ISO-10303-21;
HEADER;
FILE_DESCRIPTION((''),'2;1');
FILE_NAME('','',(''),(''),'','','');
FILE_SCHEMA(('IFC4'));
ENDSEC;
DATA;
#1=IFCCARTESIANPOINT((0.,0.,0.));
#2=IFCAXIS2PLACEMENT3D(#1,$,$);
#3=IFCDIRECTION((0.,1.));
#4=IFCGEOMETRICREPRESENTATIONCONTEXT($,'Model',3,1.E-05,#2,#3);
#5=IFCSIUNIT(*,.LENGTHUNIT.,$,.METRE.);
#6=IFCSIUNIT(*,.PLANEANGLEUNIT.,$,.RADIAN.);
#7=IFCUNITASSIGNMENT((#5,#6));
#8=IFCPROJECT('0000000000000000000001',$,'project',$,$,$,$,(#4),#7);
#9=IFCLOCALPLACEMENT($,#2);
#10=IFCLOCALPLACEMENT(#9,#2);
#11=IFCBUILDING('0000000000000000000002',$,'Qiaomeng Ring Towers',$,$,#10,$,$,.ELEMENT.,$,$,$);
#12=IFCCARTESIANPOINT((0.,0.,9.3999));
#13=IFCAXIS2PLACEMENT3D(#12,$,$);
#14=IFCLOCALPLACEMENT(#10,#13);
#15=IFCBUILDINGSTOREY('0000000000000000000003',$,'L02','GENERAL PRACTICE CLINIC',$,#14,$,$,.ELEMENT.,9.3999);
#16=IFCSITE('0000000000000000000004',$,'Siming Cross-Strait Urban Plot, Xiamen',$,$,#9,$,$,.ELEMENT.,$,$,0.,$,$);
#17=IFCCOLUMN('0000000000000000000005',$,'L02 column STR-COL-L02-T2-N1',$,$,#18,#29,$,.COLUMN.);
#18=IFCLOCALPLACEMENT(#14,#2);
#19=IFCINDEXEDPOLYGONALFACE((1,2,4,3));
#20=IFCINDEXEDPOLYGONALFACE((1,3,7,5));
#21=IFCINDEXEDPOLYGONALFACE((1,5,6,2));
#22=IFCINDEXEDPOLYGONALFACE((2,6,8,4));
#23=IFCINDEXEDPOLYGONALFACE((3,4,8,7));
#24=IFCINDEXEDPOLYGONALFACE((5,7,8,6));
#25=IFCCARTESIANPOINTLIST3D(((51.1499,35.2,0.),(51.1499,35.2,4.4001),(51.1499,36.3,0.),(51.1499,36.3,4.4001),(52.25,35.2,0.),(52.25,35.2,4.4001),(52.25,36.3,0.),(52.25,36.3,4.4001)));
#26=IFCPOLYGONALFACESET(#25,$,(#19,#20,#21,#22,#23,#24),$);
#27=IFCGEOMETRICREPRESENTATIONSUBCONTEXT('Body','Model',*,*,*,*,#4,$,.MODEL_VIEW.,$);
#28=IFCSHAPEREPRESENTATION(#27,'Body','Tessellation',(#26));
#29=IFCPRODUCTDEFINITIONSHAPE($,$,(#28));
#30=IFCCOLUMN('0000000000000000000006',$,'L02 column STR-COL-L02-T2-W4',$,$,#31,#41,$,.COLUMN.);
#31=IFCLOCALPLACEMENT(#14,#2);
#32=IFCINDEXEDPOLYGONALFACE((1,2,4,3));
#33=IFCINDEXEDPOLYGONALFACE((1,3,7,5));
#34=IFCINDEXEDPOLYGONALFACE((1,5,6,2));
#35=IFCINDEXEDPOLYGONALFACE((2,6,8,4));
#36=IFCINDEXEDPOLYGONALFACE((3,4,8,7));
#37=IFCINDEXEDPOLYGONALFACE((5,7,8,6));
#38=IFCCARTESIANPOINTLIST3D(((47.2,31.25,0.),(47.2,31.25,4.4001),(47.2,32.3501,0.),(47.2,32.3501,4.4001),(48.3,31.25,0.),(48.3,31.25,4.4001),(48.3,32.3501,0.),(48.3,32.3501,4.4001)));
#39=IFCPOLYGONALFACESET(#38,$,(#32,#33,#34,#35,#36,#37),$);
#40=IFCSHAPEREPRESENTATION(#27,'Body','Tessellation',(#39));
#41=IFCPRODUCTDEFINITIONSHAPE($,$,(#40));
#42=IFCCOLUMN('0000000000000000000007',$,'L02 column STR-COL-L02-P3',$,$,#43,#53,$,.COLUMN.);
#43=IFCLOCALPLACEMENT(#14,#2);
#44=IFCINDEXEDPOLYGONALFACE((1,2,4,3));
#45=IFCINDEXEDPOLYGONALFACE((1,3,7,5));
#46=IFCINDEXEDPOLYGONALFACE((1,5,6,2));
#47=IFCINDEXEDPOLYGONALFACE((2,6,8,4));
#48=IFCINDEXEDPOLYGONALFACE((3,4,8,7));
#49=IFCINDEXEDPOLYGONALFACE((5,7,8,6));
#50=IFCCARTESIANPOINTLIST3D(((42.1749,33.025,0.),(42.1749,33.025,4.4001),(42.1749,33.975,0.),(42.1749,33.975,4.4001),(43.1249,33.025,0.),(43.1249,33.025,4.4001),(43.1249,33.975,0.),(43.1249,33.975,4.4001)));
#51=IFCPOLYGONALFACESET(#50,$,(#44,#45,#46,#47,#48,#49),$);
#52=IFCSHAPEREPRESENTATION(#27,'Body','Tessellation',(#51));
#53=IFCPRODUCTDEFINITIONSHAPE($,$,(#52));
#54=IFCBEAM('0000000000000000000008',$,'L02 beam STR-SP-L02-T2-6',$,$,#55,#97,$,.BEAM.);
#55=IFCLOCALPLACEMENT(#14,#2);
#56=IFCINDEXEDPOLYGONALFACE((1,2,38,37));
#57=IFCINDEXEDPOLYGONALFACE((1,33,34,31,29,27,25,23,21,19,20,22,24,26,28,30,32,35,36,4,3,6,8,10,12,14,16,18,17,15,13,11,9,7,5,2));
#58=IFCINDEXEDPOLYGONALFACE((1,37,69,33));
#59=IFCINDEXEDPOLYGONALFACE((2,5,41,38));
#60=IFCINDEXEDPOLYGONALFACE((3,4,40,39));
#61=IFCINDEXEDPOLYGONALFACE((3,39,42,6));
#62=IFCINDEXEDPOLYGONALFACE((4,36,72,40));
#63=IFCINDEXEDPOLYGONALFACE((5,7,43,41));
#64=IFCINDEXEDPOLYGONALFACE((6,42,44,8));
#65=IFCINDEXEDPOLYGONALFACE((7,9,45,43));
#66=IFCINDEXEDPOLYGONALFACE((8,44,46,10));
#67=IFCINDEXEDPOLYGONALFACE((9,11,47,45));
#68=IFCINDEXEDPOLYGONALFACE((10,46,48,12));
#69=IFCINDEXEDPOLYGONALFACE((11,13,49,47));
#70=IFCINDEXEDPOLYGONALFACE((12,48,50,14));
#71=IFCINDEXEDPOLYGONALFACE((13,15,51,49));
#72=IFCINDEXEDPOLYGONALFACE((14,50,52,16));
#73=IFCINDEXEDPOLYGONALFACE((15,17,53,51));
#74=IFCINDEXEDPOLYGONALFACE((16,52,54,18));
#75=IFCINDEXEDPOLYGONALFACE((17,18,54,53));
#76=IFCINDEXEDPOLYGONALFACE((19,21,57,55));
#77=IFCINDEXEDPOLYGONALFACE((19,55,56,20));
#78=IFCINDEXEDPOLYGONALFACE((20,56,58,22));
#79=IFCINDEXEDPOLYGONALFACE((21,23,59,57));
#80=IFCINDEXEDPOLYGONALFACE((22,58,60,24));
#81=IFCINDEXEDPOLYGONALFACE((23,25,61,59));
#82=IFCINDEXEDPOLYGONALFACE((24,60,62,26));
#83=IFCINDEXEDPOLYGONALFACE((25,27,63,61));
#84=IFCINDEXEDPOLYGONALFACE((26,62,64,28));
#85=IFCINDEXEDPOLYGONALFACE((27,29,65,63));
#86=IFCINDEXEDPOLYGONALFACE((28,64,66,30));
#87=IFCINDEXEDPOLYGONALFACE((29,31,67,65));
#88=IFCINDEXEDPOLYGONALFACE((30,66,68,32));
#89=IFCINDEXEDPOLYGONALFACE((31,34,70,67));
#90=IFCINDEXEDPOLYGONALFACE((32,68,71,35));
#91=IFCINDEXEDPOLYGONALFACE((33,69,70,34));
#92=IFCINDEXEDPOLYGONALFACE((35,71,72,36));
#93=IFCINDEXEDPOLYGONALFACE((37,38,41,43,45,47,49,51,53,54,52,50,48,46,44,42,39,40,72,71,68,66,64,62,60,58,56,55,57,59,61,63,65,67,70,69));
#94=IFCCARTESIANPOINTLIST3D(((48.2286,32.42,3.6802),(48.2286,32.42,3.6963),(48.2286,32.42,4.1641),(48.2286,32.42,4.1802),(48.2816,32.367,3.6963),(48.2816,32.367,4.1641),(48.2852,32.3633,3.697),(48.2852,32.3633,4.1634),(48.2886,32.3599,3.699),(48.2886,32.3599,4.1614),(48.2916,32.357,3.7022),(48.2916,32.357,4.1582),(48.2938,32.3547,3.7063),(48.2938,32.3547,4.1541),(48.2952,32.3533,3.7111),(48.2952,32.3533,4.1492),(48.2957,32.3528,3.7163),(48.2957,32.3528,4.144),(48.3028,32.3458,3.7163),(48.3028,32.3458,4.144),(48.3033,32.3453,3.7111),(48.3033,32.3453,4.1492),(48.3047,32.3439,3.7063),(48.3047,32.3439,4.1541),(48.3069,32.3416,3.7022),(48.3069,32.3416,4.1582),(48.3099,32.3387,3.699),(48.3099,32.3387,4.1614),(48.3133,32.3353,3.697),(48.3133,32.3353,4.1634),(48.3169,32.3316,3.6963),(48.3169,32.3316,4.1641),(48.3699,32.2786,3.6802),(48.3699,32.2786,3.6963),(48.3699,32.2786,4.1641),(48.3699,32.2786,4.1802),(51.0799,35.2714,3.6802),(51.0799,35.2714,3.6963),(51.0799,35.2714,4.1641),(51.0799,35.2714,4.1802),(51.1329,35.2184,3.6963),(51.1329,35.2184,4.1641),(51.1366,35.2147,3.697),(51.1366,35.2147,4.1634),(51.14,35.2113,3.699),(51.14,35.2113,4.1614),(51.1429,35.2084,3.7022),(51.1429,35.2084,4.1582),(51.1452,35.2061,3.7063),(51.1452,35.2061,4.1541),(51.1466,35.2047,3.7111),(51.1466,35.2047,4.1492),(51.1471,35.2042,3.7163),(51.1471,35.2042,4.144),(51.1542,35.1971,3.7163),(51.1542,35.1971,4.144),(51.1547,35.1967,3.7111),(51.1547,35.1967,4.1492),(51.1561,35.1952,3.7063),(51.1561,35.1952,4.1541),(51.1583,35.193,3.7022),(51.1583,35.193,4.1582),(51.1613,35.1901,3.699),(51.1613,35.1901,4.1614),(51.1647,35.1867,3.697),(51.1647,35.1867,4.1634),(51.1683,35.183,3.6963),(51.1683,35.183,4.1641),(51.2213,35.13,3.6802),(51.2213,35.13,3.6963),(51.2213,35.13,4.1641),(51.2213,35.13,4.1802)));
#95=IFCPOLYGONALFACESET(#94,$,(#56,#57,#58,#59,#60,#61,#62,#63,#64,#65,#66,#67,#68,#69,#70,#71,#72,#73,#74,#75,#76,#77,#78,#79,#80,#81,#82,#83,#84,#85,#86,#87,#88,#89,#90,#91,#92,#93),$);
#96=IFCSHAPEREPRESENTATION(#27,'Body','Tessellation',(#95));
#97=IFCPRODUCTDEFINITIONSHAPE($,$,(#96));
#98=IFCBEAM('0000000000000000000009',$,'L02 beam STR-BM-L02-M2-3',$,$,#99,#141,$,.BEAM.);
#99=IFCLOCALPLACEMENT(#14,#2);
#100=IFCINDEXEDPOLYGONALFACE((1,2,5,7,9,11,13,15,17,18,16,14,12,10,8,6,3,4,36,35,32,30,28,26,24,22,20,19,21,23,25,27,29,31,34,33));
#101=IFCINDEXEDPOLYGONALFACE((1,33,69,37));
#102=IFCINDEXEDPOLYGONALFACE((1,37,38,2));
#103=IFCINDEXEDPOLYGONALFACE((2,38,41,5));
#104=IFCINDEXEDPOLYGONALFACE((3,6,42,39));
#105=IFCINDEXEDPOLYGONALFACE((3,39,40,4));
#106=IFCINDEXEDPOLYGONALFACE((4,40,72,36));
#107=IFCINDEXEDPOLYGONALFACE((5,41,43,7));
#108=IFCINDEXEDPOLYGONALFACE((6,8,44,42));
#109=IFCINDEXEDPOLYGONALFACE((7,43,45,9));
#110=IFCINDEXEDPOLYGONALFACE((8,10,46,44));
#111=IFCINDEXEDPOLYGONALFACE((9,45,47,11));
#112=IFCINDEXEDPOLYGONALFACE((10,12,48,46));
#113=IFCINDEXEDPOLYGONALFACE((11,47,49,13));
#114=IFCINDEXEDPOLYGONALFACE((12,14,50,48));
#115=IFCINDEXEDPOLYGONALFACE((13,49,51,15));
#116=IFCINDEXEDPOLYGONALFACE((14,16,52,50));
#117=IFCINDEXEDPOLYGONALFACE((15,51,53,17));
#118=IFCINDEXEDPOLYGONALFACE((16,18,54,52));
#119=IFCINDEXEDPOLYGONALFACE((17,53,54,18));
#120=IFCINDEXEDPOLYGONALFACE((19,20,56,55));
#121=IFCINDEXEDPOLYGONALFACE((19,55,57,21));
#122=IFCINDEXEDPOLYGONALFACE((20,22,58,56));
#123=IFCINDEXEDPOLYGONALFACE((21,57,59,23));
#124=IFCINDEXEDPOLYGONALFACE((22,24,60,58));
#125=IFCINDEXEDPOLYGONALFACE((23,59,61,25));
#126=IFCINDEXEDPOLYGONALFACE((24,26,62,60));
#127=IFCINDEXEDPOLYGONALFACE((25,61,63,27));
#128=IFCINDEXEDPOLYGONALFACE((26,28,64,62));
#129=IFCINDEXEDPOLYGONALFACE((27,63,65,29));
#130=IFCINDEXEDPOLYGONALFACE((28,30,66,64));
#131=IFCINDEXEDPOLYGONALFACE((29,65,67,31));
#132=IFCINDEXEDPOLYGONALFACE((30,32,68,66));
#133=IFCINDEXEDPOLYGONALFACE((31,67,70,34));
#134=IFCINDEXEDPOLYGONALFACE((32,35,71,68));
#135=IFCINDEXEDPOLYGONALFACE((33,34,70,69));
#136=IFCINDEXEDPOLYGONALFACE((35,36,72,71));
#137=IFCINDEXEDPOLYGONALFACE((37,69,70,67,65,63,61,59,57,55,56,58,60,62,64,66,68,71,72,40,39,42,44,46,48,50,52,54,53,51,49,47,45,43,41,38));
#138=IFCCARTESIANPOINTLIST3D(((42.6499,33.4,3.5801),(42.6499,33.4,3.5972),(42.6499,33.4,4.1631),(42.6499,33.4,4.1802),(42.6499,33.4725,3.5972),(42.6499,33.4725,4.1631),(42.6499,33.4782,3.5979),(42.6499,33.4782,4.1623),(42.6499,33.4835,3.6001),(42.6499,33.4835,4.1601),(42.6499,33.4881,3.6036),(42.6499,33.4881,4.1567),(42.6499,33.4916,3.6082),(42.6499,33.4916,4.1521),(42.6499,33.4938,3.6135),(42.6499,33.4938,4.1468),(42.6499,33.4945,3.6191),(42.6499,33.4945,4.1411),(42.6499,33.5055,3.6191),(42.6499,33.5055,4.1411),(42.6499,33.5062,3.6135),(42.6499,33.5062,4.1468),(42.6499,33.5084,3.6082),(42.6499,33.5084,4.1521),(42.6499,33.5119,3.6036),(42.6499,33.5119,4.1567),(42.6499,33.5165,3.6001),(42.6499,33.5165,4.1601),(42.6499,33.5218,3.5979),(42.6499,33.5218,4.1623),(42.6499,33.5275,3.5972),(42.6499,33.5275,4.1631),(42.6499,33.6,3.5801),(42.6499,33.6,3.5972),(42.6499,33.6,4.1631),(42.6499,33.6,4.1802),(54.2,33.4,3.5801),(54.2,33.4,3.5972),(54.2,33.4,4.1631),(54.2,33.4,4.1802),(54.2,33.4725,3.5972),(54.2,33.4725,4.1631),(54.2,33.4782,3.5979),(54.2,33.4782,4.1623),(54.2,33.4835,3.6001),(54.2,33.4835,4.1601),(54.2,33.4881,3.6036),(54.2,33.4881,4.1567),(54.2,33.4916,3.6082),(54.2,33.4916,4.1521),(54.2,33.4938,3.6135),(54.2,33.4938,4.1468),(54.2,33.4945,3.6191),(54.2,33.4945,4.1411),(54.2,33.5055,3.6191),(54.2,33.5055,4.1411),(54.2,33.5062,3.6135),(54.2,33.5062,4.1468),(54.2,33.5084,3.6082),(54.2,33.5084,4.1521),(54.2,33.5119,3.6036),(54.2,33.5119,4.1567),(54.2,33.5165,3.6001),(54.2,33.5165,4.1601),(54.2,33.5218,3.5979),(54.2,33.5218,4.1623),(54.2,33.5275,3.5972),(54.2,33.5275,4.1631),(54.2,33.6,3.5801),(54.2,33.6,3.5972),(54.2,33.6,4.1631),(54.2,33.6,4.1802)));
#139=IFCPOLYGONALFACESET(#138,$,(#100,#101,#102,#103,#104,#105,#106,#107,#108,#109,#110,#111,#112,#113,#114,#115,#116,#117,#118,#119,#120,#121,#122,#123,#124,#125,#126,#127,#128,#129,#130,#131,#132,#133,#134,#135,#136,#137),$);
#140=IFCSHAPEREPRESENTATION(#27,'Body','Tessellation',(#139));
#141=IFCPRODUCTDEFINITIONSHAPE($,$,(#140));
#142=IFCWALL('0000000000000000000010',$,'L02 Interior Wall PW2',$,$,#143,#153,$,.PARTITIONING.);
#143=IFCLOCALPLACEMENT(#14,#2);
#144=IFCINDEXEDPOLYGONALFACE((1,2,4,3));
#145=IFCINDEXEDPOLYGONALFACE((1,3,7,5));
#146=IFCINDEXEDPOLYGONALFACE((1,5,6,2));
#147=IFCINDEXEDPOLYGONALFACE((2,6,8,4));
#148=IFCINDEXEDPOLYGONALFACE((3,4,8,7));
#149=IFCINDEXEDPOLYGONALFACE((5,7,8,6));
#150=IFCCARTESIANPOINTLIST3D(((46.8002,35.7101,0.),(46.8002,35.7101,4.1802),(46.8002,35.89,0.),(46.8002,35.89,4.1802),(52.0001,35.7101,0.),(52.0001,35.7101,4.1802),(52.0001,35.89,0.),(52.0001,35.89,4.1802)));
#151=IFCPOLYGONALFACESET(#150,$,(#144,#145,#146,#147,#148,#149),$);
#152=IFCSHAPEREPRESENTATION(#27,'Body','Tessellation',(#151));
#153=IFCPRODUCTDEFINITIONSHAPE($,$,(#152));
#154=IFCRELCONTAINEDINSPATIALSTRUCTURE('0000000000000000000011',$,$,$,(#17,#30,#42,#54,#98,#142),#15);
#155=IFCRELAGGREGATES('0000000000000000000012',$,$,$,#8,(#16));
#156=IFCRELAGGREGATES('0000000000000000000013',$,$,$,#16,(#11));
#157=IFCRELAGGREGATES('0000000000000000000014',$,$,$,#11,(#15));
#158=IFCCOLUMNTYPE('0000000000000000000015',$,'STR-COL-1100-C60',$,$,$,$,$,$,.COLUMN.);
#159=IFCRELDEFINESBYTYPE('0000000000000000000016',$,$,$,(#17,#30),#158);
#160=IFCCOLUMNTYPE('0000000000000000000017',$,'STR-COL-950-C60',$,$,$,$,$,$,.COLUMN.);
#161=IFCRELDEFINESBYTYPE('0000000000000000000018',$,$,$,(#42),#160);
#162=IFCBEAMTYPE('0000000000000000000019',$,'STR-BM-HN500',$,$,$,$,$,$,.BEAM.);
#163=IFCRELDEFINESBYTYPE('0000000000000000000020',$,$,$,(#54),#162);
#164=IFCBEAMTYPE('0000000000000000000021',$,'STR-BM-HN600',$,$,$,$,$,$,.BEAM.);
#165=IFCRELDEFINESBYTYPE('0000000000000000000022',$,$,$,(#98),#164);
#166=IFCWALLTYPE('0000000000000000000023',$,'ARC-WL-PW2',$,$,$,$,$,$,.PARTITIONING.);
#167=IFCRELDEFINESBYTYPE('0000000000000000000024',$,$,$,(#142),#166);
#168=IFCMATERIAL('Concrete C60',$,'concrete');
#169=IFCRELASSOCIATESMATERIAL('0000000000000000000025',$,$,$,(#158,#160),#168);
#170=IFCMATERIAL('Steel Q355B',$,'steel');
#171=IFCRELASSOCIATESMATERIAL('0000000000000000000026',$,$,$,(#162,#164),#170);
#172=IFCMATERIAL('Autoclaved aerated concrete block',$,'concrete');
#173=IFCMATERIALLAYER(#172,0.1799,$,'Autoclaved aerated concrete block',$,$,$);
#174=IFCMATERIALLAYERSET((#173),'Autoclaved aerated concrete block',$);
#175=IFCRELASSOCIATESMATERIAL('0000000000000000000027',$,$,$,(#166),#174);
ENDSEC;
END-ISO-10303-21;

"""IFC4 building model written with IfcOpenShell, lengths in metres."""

from ifc_helpers import new_model, si_unit, direction, frame, frame_2d, origin, origin_2d, place, context, subcontext, project, spatial, rectangle, i_section, extrude, source, transform, mapped, material, layer, layer_set, material_profile, profile_set, type_object, element, save


model = new_model("IFC4")

# Units and contexts
model_context = context("Model", 3, precision=1e-05, world=origin(), true_north=direction((0.0, 1.0)))
body_context = subcontext(model_context, "Body", "Model", "MODEL_VIEW")
ifc_project = project(units=[si_unit("LENGTHUNIT", "METRE"), si_unit("PLANEANGLEUNIT", "RADIAN")], contexts=[model_context])

# Site, building, storey
site_placement = place(None, origin())
site = spatial("IfcSite", under=ifc_project, at=site_placement, Name="Siming Cross-Strait Urban Plot, Xiamen", CompositionType="ELEMENT", RefElevation=0.0)
building_placement = place(site_placement, origin())
building = spatial("IfcBuilding", under=site, at=building_placement, Name="Qiaomeng Ring Towers", CompositionType="ELEMENT")
storey_placement = place(building_placement, frame((0.0, 0.0, 9.3999)))
storey = spatial("IfcBuildingStorey", under=building, at=storey_placement, Name="L02", Description="GENERAL PRACTICE CLINIC", CompositionType="ELEMENT", Elevation=9.3999)

# Columns
ifc_material_1 = material(Name="Concrete C60", Category="concrete")
ifc_material_profile_1 = material_profile(ifc_material_1, rectangle(XDim=1.1001, YDim=1.1001, at=origin_2d()), Name="RC COL 1100x1100")
ifc_profile_set_1 = profile_set([ifc_material_profile_1], Name="Concrete C60")
column_type_1 = type_object("IfcColumnType", Name="STR-COL-1100-C60", PredefinedType="COLUMN", material=ifc_profile_set_1)
shared_shape_1 = source(origin(), body_context, "Body", "SweptSolid", [
    extrude(rectangle(XDim=1.1001, YDim=1.1001, at=origin_2d()), origin(), (0.0, 0.0, 1.0), 4.4001),
])
for number, where, z_axis, x_axis, name in (
    (1, (51.7, 35.75, 0.0), (0.0, 0.0, 1.0), (1.0, 0.0, 0.0), "L02 column STR-COL-L02-T2-N1"),
    (2, (47.75, 31.8, 0.0), (0.0, 0.0, 1.0), (1.0, 0.0, 0.0), "L02 column STR-COL-L02-T2-W4"),
):
    element("IfcColumn", number, at=place(storey_placement, frame(where, z_axis=z_axis, x_axis=x_axis)), inside=storey, type_object=column_type_1, Name=name, PredefinedType="COLUMN", context=body_context, shape_type="MappedRepresentation", body=[
        mapped(shared_shape_1, transform((0.0, 0.0, 0.0), x_axis=(1.0, 0.0, 0.0), y_axis=(0.0, 1.0, 0.0), z_axis=(0.0, 0.0, 1.0), scale=1.0)),
    ])
ifc_material_profile_2 = material_profile(ifc_material_1, rectangle(XDim=0.95, YDim=0.95, at=origin_2d()), Name="RC COL 950x950")
ifc_profile_set_2 = profile_set([ifc_material_profile_2], Name="Concrete C60")
column_type_2 = type_object("IfcColumnType", Name="STR-COL-950-C60", PredefinedType="COLUMN", material=ifc_profile_set_2)
shared_shape_2 = source(origin(), body_context, "Body", "SweptSolid", [
    extrude(rectangle(XDim=0.95, YDim=0.95, at=origin_2d()), origin(), (0.0, 0.0, 1.0), 4.4001),
])
column_placement = place(storey_placement, frame((42.6499, 33.5, 0.0), z_axis=(0.0, 0.0, 1.0), x_axis=(1.0, 0.0, 0.0)))
element("IfcColumn", 3, at=column_placement, inside=storey, type_object=column_type_2, Name="L02 column STR-COL-L02-P3", PredefinedType="COLUMN", context=body_context, shape_type="MappedRepresentation", body=[
    mapped(shared_shape_2, transform((0.0, 0.0, 0.0), x_axis=(1.0, 0.0, 0.0), y_axis=(0.0, 1.0, 0.0), z_axis=(0.0, 0.0, 1.0), scale=1.0)),
])

# Beams
ifc_material_2 = material(Name="Steel Q355B", Category="steel")
ifc_material_profile_3 = material_profile(ifc_material_2, i_section(OverallWidth=0.2, OverallDepth=0.5, WebThickness=0.01, FlangeThickness=0.0161, FilletRadius=0.02, at=origin_2d()), Name="HN 500x200x10x16")
ifc_profile_set_3 = profile_set([ifc_material_profile_3], Name="Steel Q355B")
beam_type_1 = type_object("IfcBeamType", Name="STR-BM-HN500", PredefinedType="BEAM", material=ifc_profile_set_3)
shared_shape_3 = source(origin(), body_context, "Body", "SweptSolid", [
    extrude(i_section(OverallWidth=0.2, OverallDepth=0.5, WebThickness=0.01, FlangeThickness=0.0161, FilletRadius=0.02, at=origin_2d()), origin(), (0.0, 0.0, 1.0), 4.0325),
])
beam_1_placement = place(storey_placement, frame((51.1506, 35.2007, 3.9302), z_axis=(-0.707107, -0.707107, 0.0), x_axis=(0.707107, -0.707107, 0.0)))
element("IfcBeam", 4, at=beam_1_placement, inside=storey, type_object=beam_type_1, Name="L02 beam STR-SP-L02-T2-6", PredefinedType="BEAM", context=body_context, shape_type="MappedRepresentation", body=[
    mapped(shared_shape_3, transform((0.0, 0.0, 0.0), x_axis=(1.0, 0.0, 0.0), y_axis=(0.0, 1.0, 0.0), z_axis=(0.0, 0.0, 1.0), scale=1.0)),
])
ifc_material_profile_4 = material_profile(ifc_material_2, i_section(OverallWidth=0.2, OverallDepth=0.6001, WebThickness=0.011, FlangeThickness=0.0171, FilletRadius=0.022, at=origin_2d()), Name="HN 600x200x11x17")
ifc_profile_set_4 = profile_set([ifc_material_profile_4], Name="Steel Q355B")
beam_type_2 = type_object("IfcBeamType", Name="STR-BM-HN600", PredefinedType="BEAM", material=ifc_profile_set_4)
shared_shape_4 = source(origin(), body_context, "Body", "SweptSolid", [
    extrude(i_section(OverallWidth=0.2, OverallDepth=0.6001, WebThickness=0.011, FlangeThickness=0.0171, FilletRadius=0.022, at=origin_2d()), origin(), (0.0, 0.0, 1.0), 11.55),
])
beam_2_placement = place(storey_placement, frame((42.6499, 33.5, 3.8801), z_axis=(1.0, 0.0, 0.0), x_axis=(0.0, 1.0, 0.0)))
element("IfcBeam", 5, at=beam_2_placement, inside=storey, type_object=beam_type_2, Name="L02 beam STR-BM-L02-M2-3", PredefinedType="BEAM", context=body_context, shape_type="MappedRepresentation", body=[
    mapped(shared_shape_4, transform((0.0, 0.0, 0.0), x_axis=(1.0, 0.0, 0.0), y_axis=(0.0, 1.0, 0.0), z_axis=(0.0, 0.0, 1.0), scale=1.0)),
])

# Wall
ifc_material_3 = material(Name="Autoclaved aerated concrete block", Category="concrete")
ifc_layer_1 = layer(ifc_material_3, 0.1799, Name="Autoclaved aerated concrete block")
ifc_layer_set_1 = layer_set([ifc_layer_1], Name="Autoclaved aerated concrete block")
wall_type_1 = type_object("IfcWallType", Name="ARC-WL-PW2", PredefinedType="PARTITIONING", material=ifc_layer_set_1)
wall_1_placement = place(storey_placement, frame((46.8, 35.8, 0.0), z_axis=(0.0, 0.0, 1.0), x_axis=(1.0, 0.0, 0.0)))
element("IfcWall", 6, at=wall_1_placement, inside=storey, type_object=wall_type_1, Name="L02 Interior Wall PW2", PredefinedType="PARTITIONING", context=body_context, shape_type="SweptSolid", body=[
    extrude(rectangle(XDim=5.2, YDim=0.1799, at=frame_2d((2.6001, 0.0))), origin(), (0.0, 0.0, 1.0), 4.1802),
])

save(model, "model.ifc")
